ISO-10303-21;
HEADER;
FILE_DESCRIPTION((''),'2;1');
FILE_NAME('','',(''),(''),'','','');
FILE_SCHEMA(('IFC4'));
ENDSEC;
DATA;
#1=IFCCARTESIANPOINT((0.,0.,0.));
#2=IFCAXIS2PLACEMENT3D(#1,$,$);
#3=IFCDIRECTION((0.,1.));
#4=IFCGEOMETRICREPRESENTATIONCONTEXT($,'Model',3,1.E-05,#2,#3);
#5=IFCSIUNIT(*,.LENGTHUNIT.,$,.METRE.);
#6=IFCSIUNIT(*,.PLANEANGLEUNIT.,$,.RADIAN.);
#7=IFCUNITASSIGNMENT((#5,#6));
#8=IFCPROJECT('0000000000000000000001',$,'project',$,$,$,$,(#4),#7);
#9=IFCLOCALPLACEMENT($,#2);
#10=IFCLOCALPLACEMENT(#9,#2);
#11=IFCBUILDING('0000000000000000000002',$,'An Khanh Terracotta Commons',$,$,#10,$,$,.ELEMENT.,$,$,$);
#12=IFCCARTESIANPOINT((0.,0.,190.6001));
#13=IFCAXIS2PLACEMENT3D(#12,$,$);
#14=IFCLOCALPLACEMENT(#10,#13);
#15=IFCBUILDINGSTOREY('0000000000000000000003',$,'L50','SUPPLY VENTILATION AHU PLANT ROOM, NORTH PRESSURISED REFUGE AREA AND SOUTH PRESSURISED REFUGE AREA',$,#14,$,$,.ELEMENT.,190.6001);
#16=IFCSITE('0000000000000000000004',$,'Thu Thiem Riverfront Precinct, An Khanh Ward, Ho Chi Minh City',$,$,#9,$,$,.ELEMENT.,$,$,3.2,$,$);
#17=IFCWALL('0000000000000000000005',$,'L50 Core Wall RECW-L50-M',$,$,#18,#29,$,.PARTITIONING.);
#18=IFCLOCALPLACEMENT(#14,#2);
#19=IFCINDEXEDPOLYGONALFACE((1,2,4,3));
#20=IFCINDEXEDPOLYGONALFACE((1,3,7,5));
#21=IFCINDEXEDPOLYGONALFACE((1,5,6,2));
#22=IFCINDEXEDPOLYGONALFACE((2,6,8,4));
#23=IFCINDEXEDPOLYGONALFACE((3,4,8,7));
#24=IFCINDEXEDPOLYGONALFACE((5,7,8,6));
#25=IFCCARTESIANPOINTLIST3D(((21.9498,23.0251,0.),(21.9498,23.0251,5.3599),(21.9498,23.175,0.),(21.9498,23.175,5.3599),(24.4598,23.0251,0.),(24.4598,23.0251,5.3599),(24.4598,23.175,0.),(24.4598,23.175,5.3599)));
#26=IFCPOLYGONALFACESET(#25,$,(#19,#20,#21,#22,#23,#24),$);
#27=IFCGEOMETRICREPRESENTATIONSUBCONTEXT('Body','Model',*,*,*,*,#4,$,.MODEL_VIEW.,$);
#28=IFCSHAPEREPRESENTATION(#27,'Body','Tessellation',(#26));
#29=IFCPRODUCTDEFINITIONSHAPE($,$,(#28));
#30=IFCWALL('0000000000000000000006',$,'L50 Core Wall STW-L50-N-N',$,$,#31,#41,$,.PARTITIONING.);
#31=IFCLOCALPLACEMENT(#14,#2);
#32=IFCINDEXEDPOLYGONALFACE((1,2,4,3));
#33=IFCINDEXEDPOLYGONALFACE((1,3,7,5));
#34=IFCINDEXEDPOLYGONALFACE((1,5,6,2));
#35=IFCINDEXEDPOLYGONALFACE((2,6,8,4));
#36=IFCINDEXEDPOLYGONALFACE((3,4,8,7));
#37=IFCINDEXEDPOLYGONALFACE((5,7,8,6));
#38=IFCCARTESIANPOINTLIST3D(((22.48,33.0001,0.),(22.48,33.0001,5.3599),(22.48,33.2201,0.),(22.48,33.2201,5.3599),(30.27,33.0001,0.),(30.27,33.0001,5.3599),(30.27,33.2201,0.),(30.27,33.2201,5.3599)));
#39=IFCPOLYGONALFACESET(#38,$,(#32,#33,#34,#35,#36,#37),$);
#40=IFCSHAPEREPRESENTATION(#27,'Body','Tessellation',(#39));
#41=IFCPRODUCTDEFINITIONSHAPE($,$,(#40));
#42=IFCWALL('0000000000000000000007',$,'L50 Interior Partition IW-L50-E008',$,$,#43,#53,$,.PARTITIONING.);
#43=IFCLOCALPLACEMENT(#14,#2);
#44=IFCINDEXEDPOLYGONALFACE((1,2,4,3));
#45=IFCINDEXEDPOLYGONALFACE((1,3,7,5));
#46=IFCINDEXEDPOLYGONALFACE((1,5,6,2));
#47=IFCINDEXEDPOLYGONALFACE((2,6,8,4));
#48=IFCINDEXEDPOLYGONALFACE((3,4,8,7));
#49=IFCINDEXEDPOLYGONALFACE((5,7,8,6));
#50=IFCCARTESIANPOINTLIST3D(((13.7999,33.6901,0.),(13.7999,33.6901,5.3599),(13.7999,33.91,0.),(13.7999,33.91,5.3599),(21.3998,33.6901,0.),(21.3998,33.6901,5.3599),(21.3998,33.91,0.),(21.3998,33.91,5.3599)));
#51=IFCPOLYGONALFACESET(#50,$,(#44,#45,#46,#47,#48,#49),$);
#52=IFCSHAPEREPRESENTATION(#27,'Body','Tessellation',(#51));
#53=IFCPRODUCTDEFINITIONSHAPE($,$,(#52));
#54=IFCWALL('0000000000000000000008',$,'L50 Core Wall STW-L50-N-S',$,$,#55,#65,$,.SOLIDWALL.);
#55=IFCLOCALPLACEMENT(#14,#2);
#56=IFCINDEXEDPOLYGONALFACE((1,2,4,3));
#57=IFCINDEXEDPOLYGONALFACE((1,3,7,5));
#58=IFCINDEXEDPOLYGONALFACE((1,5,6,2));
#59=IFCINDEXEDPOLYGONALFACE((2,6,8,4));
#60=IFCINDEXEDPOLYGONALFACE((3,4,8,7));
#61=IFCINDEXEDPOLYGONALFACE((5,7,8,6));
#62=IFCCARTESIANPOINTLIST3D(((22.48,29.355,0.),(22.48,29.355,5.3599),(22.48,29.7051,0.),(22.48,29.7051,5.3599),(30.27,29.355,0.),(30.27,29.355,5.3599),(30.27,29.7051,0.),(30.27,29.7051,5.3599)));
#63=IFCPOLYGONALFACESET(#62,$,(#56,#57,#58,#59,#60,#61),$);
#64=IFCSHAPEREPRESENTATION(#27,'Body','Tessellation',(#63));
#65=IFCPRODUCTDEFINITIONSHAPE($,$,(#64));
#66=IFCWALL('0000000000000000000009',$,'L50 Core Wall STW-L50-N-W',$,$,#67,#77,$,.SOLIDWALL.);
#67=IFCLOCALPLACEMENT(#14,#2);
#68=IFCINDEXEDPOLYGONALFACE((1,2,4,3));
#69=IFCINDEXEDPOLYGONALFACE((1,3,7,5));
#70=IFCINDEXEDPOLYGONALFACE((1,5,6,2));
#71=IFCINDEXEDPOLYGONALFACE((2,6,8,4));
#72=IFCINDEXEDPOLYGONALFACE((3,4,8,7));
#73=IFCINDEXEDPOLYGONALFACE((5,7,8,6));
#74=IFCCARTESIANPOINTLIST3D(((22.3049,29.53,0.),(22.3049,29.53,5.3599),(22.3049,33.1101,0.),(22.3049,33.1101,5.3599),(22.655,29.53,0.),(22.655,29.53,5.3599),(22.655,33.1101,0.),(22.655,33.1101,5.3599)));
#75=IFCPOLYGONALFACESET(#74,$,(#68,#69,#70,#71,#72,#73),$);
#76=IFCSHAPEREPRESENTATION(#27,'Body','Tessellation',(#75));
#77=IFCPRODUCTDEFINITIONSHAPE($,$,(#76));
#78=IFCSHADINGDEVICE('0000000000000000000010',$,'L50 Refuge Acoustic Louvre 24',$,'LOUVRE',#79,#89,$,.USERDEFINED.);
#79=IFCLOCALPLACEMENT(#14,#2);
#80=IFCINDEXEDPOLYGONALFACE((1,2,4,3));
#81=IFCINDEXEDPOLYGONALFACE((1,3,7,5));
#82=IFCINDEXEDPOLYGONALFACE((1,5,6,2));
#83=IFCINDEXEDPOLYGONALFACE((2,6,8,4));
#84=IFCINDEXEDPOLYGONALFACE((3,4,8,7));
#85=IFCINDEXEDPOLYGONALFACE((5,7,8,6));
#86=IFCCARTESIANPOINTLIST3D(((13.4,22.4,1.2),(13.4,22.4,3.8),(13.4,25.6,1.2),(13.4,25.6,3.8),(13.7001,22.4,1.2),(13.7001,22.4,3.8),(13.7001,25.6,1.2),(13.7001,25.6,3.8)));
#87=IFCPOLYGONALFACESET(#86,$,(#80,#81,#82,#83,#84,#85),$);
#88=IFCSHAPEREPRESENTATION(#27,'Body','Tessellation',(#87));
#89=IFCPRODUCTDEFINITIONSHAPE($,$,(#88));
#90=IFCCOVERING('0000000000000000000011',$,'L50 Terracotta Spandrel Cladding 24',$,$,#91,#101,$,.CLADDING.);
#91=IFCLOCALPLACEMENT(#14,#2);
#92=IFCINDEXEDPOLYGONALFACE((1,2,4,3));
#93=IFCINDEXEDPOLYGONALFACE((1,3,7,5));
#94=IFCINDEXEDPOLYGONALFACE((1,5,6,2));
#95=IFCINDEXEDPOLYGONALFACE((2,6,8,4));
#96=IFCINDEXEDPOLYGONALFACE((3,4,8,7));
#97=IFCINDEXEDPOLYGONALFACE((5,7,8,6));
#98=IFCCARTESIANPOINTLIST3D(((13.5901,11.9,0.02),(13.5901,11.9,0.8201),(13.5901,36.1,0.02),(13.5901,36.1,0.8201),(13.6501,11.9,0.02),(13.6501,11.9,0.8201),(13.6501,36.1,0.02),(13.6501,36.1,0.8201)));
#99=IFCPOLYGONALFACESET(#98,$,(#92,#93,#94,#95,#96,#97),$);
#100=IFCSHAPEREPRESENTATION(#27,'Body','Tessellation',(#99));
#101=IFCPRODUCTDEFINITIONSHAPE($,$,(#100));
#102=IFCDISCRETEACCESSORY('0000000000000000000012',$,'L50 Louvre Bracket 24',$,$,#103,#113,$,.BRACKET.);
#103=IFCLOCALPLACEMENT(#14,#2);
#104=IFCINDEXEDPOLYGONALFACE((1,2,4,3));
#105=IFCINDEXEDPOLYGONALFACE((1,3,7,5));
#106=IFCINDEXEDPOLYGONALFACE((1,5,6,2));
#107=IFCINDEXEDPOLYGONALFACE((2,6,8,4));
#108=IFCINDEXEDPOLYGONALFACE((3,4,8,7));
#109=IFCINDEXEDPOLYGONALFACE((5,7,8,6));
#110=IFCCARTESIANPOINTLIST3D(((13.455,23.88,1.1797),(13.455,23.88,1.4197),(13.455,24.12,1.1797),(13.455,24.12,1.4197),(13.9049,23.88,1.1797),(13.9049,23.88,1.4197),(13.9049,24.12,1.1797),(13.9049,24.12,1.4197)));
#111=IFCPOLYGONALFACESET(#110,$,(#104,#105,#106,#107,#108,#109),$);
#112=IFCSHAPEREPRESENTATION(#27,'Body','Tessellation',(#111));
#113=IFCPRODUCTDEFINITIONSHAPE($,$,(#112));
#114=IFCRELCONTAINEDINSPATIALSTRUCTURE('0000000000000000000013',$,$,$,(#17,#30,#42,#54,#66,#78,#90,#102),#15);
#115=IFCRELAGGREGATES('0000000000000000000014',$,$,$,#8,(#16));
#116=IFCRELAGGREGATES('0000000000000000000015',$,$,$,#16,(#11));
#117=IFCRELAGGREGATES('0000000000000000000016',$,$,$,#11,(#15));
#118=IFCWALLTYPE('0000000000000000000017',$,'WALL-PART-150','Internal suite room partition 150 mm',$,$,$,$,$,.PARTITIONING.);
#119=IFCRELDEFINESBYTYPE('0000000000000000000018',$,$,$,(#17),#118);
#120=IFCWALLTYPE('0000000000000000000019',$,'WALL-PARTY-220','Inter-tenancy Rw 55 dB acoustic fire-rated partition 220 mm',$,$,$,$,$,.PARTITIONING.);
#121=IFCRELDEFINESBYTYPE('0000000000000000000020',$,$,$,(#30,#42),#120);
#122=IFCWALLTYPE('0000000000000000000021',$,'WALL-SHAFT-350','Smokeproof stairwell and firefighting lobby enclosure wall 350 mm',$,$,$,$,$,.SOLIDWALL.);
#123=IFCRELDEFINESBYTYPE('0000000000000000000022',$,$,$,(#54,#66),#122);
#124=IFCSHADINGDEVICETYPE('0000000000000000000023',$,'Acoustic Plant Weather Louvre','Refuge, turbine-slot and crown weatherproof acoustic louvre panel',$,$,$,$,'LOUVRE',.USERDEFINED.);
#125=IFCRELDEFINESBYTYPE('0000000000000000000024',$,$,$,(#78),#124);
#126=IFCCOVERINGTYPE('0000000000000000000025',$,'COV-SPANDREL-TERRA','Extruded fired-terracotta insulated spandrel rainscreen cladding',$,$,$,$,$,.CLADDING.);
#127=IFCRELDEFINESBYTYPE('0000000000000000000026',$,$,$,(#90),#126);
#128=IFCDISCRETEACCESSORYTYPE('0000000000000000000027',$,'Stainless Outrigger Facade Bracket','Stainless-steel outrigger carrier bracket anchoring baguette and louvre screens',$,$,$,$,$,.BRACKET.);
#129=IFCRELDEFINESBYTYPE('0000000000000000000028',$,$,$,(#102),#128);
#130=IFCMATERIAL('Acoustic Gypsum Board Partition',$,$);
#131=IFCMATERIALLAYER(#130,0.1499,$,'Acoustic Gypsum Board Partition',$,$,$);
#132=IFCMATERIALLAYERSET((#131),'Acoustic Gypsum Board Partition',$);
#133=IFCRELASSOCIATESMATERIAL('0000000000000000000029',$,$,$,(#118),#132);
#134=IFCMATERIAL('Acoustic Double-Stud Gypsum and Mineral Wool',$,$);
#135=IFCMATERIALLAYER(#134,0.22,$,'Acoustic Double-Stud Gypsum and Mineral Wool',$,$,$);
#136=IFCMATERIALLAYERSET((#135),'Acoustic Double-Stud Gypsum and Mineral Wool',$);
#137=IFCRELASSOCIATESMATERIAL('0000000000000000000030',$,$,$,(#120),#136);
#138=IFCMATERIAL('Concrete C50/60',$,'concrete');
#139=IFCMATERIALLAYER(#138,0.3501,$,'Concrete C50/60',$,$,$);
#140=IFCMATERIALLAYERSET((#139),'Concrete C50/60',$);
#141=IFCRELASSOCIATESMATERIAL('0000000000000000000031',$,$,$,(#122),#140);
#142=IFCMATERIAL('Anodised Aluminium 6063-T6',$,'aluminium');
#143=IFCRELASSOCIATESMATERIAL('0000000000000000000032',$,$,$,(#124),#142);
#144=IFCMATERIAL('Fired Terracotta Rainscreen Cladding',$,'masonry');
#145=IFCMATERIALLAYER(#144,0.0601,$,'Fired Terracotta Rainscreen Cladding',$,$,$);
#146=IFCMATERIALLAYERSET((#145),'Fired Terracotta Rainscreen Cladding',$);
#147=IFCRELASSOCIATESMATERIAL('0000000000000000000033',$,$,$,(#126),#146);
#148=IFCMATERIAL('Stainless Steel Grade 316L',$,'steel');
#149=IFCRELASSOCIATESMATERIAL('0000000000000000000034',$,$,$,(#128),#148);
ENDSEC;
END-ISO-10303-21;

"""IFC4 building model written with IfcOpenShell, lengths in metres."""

from ifc_helpers import new_model, si_unit, direction, frame, frame_2d, origin, origin_2d, place, context, subcontext, project, spatial, rectangle, extrude, material, layer, layer_set, type_object, element, save


model = new_model("IFC4")

# Units and contexts
model_context = context("Model", 3, precision=1e-05, world=origin(), true_north=direction((0.0, 1.0)))
body_context = subcontext(model_context, "Body", "Model", "MODEL_VIEW")
ifc_project = project(units=[si_unit("LENGTHUNIT", "METRE"), si_unit("PLANEANGLEUNIT", "RADIAN")], contexts=[model_context])

# Site, building, storey
site_placement = place(None, origin())
site = spatial("IfcSite", under=ifc_project, at=site_placement, Name="Thu Thiem Riverfront Precinct, An Khanh Ward, Ho Chi Minh City", CompositionType="ELEMENT", RefElevation=3.2)
building_placement = place(site_placement, origin())
building = spatial("IfcBuilding", under=site, at=building_placement, Name="An Khanh Terracotta Commons", CompositionType="ELEMENT")
storey_placement = place(building_placement, frame((0.0, 0.0, 190.6001)))
storey = spatial("IfcBuildingStorey", under=building, at=storey_placement, Name="L50", Description="SUPPLY VENTILATION AHU PLANT ROOM, NORTH PRESSURISED REFUGE AREA AND SOUTH PRESSURISED REFUGE AREA", CompositionType="ELEMENT", Elevation=190.6001)

# Walls
ifc_material_1 = material(Name="Acoustic Gypsum Board Partition")
ifc_layer_1 = layer(ifc_material_1, 0.1499, Name="Acoustic Gypsum Board Partition")
ifc_layer_set_1 = layer_set([ifc_layer_1], Name="Acoustic Gypsum Board Partition")
wall_type_1 = type_object("IfcWallType", Name="WALL-PART-150", Description="Internal suite room partition 150 mm", PredefinedType="PARTITIONING", material=ifc_layer_set_1)
wall_1_placement = place(storey_placement, frame((21.95, 23.1001, 0.0), z_axis=(0.0, 0.0, 1.0), x_axis=(1.0, 0.0, 0.0)))
element("IfcWall", 1, at=wall_1_placement, inside=storey, type_object=wall_type_1, Name="L50 Core Wall RECW-L50-M", PredefinedType="PARTITIONING", context=body_context, shape_type="SweptSolid", body=[
    extrude(rectangle(XDim=2.51, YDim=0.1499, at=frame_2d((1.2549, 0.0))), origin(), (0.0, 0.0, 1.0), 5.3599),
])
ifc_material_2 = material(Name="Acoustic Double-Stud Gypsum and Mineral Wool")
ifc_layer_2 = layer(ifc_material_2, 0.22, Name="Acoustic Double-Stud Gypsum and Mineral Wool")
ifc_layer_set_2 = layer_set([ifc_layer_2], Name="Acoustic Double-Stud Gypsum and Mineral Wool")
wall_type_2 = type_object("IfcWallType", Name="WALL-PARTY-220", Description="Inter-tenancy Rw 55 dB acoustic fire-rated partition 220 mm", PredefinedType="PARTITIONING", material=ifc_layer_set_2)
wall_2_placement = place(storey_placement, frame((22.48, 33.1101, 0.0), z_axis=(0.0, 0.0, 1.0), x_axis=(1.0, 0.0, 0.0)))
element("IfcWall", 2, at=wall_2_placement, inside=storey, type_object=wall_type_2, Name="L50 Core Wall STW-L50-N-N", PredefinedType="PARTITIONING", context=body_context, shape_type="SweptSolid", body=[
    extrude(rectangle(XDim=7.79, YDim=0.22, at=frame_2d((3.895, 0.0))), origin(), (0.0, 0.0, 1.0), 5.3599),
])
wall_3_placement = place(storey_placement, frame((13.8, 33.8, 0.0), z_axis=(0.0, 0.0, 1.0), x_axis=(1.0, 0.0, 0.0)))
element("IfcWall", 3, at=wall_3_placement, inside=storey, type_object=wall_type_2, Name="L50 Interior Partition IW-L50-E008", PredefinedType="PARTITIONING", context=body_context, shape_type="SweptSolid", body=[
    extrude(rectangle(XDim=7.5999, YDim=0.22, at=frame_2d((3.7998, 0.0))), origin(), (0.0, 0.0, 1.0), 5.3599),
])
ifc_material_3 = material(Name="Concrete C50/60", Category="concrete")
ifc_layer_3 = layer(ifc_material_3, 0.3501, Name="Concrete C50/60")
ifc_layer_set_3 = layer_set([ifc_layer_3], Name="Concrete C50/60")
wall_type_3 = type_object("IfcWallType", Name="WALL-SHAFT-350", Description="Smokeproof stairwell and firefighting lobby enclosure wall 350 mm", PredefinedType="SOLIDWALL", material=ifc_layer_set_3)
wall_4_placement = place(storey_placement, frame((22.48, 29.53, 0.0), z_axis=(0.0, 0.0, 1.0), x_axis=(1.0, 0.0, 0.0)))
element("IfcWall", 4, at=wall_4_placement, inside=storey, type_object=wall_type_3, Name="L50 Core Wall STW-L50-N-S", PredefinedType="SOLIDWALL", context=body_context, shape_type="SweptSolid", body=[
    extrude(rectangle(XDim=7.79, YDim=0.3501, at=frame_2d((3.895, 0.0))), origin(), (0.0, 0.0, 1.0), 5.3599),
])
wall_5_placement = place(storey_placement, frame((22.48, 29.53, 0.0), z_axis=(0.0, 0.0, 1.0), x_axis=(0.0, 1.0, 0.0)))
element("IfcWall", 5, at=wall_5_placement, inside=storey, type_object=wall_type_3, Name="L50 Core Wall STW-L50-N-W", PredefinedType="SOLIDWALL", context=body_context, shape_type="SweptSolid", body=[
    extrude(rectangle(XDim=3.5801, YDim=0.3501, at=frame_2d((1.79, 0.0))), origin(), (0.0, 0.0, 1.0), 5.3599),
])

# Shading device
ifc_material_4 = material(Name="Anodised Aluminium 6063-T6", Category="aluminium")
shading_device_type = type_object("IfcShadingDeviceType", Name="Acoustic Plant Weather Louvre", Description="Refuge, turbine-slot and crown weatherproof acoustic louvre panel", ElementType="LOUVRE", PredefinedType="USERDEFINED", material=ifc_material_4)
shading_device_placement = place(storey_placement, frame((13.55, 24.0, 1.2), z_axis=(0.0, 0.0, 1.0), x_axis=(0.0, -1.0, 0.0)))
element("IfcShadingDevice", 6, at=shading_device_placement, inside=storey, type_object=shading_device_type, Name="L50 Refuge Acoustic Louvre 24", ObjectType="LOUVRE", PredefinedType="USERDEFINED", context=body_context, shape_type="SweptSolid", body=[
    extrude(rectangle(XDim=3.2, YDim=0.3, at=origin_2d()), origin(), (0.0, 0.0, 1.0), 2.6001),
])

# Covering
ifc_material_5 = material(Name="Fired Terracotta Rainscreen Cladding", Category="masonry")
ifc_layer_4 = layer(ifc_material_5, 0.0601, Name="Fired Terracotta Rainscreen Cladding")
ifc_layer_set_4 = layer_set([ifc_layer_4], Name="Fired Terracotta Rainscreen Cladding")
covering_type = type_object("IfcCoveringType", Name="COV-SPANDREL-TERRA", Description="Extruded fired-terracotta insulated spandrel rainscreen cladding", PredefinedType="CLADDING", material=ifc_layer_set_4)
covering_placement = place(storey_placement, frame((13.6201, 24.0, 0.02), z_axis=(0.0, 0.0, 1.0), x_axis=(0.0, -1.0, 0.0)))
element("IfcCovering", 7, at=covering_placement, inside=storey, type_object=covering_type, Name="L50 Terracotta Spandrel Cladding 24", PredefinedType="CLADDING", context=body_context, shape_type="SweptSolid", body=[
    extrude(rectangle(XDim=24.2, YDim=0.0601, at=origin_2d()), origin(), (0.0, 0.0, 1.0), 0.8),
])

# Discrete accessory
ifc_material_6 = material(Name="Stainless Steel Grade 316L", Category="steel")
discrete_accessory_type = type_object("IfcDiscreteAccessoryType", Name="Stainless Outrigger Facade Bracket", Description="Stainless-steel outrigger carrier bracket anchoring baguette and louvre screens", PredefinedType="BRACKET", material=ifc_material_6)
discrete_accessory_placement = place(storey_placement, frame((13.6799, 24.0, 1.1797), z_axis=(0.0, 0.0, 1.0), x_axis=(0.0, -1.0, 0.0)))
element("IfcDiscreteAccessory", 8, at=discrete_accessory_placement, inside=storey, type_object=discrete_accessory_type, Name="L50 Louvre Bracket 24", PredefinedType="BRACKET", context=body_context, shape_type="SweptSolid", body=[
    extrude(rectangle(XDim=0.24, YDim=0.45, at=origin_2d()), origin(), (0.0, 0.0, 1.0), 0.24),
])

save(model, "model.ifc")
